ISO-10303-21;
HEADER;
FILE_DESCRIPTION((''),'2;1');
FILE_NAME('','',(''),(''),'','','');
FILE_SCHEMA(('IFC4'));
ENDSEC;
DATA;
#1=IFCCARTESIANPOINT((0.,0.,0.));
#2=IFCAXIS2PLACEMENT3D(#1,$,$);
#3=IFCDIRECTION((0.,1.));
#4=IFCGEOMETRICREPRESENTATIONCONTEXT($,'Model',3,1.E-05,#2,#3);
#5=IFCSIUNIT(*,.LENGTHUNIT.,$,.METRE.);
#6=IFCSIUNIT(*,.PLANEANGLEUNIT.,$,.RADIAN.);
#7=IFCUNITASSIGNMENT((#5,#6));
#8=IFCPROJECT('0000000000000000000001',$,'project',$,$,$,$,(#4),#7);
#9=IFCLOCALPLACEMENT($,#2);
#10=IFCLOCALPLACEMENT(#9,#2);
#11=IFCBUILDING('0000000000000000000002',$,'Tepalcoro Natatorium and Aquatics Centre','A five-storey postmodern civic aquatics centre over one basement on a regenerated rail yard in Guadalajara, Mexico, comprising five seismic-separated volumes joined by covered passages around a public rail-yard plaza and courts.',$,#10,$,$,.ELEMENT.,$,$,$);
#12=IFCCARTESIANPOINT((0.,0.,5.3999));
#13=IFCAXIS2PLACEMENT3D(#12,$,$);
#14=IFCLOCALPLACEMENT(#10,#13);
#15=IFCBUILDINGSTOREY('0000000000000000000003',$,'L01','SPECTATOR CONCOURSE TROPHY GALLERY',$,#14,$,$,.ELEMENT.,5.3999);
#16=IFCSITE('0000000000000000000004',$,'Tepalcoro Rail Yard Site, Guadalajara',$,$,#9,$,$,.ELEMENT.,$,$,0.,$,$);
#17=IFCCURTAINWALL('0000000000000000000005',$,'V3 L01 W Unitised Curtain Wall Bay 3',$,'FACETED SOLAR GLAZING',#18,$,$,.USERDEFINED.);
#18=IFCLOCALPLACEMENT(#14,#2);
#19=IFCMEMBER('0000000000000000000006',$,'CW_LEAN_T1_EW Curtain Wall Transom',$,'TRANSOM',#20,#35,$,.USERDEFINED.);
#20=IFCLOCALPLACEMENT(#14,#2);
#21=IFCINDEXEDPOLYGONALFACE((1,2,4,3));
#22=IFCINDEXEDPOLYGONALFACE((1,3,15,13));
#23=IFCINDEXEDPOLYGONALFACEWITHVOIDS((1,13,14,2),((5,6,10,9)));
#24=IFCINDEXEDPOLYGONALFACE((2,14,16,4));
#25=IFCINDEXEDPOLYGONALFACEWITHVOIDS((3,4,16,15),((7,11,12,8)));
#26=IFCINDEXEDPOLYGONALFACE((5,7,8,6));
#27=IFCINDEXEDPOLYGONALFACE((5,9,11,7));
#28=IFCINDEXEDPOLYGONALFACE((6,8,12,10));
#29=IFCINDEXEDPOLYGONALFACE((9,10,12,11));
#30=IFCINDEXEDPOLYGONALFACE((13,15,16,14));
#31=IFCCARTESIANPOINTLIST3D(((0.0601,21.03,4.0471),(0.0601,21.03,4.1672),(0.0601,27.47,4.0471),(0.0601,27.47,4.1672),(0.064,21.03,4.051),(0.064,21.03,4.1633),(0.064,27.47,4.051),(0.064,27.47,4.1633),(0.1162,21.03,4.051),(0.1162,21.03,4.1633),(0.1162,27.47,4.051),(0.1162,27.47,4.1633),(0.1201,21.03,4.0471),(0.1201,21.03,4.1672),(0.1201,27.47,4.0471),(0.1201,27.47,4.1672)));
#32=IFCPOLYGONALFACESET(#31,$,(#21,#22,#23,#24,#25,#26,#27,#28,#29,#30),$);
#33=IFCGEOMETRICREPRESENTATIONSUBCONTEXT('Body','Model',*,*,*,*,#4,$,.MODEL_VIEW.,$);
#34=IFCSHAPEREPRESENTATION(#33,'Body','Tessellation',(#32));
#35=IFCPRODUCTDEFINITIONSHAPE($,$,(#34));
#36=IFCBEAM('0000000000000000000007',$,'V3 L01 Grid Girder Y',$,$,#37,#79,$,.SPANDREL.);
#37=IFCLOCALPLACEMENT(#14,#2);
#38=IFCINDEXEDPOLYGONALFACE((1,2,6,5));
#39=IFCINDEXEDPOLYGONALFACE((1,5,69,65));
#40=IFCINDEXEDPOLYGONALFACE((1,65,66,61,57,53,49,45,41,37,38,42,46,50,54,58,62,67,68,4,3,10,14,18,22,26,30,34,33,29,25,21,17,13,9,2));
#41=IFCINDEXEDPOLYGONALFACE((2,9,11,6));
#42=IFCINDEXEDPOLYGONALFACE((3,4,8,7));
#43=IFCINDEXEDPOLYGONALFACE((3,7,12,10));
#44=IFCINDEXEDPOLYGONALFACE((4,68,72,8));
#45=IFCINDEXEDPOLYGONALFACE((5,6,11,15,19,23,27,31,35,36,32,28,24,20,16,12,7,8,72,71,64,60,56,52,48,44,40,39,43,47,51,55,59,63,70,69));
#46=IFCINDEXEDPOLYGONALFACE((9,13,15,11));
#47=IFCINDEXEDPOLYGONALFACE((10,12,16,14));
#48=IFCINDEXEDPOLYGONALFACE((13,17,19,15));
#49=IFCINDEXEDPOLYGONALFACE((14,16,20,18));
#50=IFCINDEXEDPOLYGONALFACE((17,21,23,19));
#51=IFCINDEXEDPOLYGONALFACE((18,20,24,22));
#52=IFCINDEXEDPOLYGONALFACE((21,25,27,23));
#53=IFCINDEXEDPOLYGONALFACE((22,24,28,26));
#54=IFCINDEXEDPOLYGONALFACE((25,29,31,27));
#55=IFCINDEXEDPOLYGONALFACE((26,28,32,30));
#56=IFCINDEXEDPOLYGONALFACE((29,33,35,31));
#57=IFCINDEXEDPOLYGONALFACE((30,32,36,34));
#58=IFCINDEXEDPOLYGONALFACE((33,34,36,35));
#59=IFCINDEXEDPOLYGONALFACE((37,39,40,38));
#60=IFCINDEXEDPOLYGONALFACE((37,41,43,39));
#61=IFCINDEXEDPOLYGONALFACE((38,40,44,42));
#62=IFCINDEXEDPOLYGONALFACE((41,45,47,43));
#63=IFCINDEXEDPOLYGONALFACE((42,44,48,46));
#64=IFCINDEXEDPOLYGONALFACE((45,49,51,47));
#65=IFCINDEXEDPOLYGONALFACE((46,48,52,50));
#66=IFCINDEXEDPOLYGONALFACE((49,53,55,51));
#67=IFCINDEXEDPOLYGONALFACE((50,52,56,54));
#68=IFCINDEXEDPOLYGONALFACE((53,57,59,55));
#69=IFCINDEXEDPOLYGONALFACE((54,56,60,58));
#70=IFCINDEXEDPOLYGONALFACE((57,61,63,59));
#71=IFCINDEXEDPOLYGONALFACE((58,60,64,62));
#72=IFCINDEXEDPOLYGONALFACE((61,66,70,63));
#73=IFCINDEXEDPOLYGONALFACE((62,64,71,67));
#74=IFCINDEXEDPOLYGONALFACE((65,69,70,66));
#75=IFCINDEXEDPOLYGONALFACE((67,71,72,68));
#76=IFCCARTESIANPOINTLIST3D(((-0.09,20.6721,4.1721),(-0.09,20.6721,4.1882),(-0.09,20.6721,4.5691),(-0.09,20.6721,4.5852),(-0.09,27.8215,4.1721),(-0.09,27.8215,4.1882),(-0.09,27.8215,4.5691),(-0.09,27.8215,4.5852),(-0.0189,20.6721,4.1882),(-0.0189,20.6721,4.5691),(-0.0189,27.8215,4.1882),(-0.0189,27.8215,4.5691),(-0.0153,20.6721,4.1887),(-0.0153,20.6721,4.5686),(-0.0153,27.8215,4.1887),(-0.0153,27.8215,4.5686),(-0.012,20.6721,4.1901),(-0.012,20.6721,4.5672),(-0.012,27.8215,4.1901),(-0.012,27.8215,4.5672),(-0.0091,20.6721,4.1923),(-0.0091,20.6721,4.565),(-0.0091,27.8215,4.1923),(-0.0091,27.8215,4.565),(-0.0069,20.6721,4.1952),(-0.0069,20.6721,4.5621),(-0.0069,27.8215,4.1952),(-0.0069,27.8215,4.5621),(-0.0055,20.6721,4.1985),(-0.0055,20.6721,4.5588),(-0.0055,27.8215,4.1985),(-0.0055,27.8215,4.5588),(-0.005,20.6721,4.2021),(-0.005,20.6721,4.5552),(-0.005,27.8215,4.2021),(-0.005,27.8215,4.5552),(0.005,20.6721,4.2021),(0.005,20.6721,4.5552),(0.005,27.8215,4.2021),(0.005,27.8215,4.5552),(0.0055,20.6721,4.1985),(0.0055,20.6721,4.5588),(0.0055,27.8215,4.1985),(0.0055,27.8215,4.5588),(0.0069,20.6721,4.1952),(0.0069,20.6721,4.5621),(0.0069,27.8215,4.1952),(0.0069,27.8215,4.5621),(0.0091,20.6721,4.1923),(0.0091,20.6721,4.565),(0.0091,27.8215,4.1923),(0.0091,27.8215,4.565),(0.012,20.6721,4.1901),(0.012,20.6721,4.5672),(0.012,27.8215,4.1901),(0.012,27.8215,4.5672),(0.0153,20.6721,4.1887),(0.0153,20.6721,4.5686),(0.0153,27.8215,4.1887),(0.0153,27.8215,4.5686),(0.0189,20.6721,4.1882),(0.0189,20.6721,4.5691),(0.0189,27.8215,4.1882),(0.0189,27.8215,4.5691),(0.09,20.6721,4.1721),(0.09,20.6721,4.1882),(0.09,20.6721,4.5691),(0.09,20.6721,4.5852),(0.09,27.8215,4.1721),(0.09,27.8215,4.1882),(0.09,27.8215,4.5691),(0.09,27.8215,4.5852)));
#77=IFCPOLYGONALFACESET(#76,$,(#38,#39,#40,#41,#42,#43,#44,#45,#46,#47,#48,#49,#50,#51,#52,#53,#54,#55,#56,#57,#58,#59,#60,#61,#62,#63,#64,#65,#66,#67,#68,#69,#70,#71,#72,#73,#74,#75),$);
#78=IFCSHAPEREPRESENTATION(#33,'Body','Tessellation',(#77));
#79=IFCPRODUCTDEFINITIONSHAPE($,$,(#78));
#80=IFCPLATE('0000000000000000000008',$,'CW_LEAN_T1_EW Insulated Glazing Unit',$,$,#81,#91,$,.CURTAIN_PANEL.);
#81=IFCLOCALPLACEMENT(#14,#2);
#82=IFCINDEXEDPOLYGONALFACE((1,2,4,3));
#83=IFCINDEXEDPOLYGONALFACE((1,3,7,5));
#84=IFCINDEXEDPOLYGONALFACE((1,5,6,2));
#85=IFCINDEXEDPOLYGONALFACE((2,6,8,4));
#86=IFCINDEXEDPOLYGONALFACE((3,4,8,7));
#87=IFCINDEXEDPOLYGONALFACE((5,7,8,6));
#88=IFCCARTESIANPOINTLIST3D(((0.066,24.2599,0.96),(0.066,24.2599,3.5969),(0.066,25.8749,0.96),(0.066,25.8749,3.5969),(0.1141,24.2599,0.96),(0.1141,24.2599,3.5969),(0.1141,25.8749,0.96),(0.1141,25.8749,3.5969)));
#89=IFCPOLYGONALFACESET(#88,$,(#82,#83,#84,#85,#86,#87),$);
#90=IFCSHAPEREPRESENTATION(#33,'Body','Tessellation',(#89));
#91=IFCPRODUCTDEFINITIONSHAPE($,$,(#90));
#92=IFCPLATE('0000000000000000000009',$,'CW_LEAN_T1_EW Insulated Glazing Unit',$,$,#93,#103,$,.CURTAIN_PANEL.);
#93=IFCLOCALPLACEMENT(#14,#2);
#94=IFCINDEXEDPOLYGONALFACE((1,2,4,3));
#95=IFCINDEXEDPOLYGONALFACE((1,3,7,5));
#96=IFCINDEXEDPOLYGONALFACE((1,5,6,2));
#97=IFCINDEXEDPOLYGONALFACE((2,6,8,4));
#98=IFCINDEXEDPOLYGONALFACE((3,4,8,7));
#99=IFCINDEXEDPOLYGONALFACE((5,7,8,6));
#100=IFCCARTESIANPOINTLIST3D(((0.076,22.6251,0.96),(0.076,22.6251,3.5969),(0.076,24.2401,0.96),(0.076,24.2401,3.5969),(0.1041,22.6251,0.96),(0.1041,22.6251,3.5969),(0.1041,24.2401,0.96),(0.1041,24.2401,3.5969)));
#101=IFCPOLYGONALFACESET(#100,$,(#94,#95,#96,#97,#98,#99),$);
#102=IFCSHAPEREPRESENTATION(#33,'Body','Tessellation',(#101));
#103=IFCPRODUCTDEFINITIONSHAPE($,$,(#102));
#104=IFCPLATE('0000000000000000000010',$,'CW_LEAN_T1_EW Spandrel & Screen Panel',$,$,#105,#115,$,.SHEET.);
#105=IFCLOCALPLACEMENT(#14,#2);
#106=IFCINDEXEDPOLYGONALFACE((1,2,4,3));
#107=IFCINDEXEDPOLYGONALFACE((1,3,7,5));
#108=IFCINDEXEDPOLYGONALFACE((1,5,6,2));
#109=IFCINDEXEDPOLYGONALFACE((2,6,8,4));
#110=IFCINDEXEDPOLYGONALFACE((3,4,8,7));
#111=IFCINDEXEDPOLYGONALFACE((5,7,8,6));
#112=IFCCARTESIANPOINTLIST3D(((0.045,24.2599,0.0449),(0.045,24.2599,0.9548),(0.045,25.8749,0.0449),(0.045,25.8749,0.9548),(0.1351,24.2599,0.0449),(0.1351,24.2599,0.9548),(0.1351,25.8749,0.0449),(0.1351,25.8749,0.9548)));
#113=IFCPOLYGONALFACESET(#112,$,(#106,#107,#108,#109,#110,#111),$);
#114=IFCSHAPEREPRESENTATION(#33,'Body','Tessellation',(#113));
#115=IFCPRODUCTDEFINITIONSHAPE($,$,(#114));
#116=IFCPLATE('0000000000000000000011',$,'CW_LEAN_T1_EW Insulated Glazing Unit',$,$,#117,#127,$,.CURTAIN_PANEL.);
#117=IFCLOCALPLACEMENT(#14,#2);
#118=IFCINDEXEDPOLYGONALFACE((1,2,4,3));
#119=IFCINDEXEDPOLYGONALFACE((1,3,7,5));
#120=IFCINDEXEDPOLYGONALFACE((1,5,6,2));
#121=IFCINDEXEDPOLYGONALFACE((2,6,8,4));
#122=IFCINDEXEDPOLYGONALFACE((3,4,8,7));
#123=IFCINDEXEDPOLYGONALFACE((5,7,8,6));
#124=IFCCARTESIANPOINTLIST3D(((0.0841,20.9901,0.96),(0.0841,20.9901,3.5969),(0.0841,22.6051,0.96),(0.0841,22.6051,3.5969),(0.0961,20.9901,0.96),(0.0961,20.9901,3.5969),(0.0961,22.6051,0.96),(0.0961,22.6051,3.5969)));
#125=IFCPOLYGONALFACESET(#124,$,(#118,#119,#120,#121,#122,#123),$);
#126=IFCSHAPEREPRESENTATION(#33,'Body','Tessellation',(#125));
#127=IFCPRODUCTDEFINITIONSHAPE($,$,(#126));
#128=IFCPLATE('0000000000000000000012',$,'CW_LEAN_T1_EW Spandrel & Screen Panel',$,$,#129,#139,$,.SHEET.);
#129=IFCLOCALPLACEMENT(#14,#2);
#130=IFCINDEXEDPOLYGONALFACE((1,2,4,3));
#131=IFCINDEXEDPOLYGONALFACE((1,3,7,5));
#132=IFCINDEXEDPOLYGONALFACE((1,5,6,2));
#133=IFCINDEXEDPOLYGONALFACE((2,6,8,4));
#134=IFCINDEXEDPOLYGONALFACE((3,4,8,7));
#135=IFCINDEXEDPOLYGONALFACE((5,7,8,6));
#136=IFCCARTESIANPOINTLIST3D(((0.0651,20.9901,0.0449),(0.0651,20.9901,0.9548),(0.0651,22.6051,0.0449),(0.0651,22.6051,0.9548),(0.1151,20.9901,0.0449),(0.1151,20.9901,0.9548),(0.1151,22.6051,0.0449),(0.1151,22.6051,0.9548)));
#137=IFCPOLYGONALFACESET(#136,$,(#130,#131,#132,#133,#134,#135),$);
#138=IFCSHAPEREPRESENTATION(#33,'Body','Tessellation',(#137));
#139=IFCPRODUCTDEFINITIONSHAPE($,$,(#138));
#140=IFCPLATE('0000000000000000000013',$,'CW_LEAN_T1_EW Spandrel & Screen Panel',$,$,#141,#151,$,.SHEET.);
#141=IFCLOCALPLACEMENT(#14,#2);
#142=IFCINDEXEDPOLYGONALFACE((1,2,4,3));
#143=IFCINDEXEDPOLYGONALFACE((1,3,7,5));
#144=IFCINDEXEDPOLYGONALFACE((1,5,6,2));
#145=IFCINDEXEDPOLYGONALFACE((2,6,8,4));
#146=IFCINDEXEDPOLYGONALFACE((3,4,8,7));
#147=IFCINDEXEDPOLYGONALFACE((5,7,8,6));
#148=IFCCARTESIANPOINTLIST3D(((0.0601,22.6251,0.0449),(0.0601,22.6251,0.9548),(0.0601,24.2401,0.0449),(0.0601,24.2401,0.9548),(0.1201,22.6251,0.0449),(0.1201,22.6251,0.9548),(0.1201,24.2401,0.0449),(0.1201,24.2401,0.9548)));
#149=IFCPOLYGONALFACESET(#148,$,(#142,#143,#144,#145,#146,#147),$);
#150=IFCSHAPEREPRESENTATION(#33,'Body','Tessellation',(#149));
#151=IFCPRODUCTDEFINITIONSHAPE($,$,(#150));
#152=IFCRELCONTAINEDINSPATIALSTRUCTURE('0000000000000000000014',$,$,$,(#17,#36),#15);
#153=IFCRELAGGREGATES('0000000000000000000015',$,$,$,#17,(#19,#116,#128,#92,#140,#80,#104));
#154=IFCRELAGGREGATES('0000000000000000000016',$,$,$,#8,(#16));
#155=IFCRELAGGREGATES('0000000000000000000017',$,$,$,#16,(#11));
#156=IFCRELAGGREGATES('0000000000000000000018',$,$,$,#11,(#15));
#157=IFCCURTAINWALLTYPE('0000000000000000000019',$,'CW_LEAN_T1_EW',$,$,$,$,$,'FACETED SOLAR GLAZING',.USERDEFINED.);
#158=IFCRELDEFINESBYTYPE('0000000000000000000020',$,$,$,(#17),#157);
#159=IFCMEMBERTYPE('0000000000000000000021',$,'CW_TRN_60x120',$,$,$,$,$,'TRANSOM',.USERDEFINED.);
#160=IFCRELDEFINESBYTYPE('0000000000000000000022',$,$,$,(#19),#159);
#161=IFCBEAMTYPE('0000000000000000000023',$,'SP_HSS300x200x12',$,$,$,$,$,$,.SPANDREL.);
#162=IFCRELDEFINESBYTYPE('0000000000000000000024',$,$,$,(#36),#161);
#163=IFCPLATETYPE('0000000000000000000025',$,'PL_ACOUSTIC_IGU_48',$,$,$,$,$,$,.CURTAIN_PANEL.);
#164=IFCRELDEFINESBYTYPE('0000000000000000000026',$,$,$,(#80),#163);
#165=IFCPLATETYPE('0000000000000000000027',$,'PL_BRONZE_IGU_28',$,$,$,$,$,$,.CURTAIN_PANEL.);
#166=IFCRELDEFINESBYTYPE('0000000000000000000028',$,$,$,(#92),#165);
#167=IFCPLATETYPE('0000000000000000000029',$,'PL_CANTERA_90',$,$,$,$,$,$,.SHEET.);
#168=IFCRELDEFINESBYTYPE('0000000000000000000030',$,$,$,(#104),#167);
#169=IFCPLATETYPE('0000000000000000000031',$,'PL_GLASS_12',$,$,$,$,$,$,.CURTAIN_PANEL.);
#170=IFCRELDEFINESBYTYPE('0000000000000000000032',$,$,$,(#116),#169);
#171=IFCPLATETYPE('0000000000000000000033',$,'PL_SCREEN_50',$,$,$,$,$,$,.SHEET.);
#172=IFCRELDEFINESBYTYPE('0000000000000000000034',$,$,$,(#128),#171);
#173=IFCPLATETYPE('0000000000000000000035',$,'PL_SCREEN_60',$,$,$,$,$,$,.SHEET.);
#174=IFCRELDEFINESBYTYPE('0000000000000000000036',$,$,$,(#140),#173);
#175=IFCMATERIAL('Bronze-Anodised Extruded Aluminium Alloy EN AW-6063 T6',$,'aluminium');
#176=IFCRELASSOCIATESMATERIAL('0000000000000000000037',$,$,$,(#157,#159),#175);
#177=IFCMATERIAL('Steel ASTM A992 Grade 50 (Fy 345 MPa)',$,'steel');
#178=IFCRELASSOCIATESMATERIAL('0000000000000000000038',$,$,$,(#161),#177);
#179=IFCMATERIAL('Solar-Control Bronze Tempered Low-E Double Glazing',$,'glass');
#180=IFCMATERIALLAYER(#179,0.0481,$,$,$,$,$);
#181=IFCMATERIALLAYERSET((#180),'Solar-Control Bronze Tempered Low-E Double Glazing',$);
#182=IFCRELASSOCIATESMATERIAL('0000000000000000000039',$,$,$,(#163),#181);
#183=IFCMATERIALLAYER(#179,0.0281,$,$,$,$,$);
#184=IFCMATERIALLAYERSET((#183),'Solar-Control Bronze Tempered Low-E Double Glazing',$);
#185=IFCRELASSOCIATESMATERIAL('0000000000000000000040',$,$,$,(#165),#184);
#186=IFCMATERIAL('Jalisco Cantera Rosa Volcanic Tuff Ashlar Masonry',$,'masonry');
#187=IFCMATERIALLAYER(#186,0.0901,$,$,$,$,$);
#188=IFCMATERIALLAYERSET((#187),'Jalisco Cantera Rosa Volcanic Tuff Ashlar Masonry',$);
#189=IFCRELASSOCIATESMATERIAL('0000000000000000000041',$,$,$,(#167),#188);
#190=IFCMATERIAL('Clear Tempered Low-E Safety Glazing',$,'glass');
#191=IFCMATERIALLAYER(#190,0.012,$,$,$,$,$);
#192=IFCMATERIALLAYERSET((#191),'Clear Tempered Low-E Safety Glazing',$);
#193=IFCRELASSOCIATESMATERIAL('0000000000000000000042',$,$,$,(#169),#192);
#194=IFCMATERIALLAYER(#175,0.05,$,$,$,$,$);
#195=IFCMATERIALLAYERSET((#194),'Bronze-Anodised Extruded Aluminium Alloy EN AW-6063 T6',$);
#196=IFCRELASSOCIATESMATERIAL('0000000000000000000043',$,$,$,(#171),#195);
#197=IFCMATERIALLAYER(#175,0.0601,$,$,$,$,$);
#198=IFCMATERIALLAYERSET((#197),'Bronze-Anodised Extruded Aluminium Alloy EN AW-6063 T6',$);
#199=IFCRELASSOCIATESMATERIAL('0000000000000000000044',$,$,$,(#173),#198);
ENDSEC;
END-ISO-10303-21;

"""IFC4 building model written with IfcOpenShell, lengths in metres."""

from ifc_helpers import new_model, si_unit, direction, frame, origin, origin_2d, place, context, subcontext, project, spatial, rectangle, hollow_rectangle, i_section, extrude, material, layer, layer_set, material_profile, profile_set, type_object, element, aggregate, save


model = new_model("IFC4")

# Units and contexts
model_context = context("Model", 3, precision=1e-05, world=origin(), true_north=direction((0.0, 1.0)))
body_context = subcontext(model_context, "Body", "Model", "MODEL_VIEW")
ifc_project = project(units=[si_unit("LENGTHUNIT", "METRE"), si_unit("PLANEANGLEUNIT", "RADIAN")], contexts=[model_context])

# Site, building, storey
site_placement = place(None, origin())
site = spatial("IfcSite", under=ifc_project, at=site_placement, Name="Tepalcoro Rail Yard Site, Guadalajara", CompositionType="ELEMENT", RefElevation=0.0)
building_placement = place(site_placement, origin())
building = spatial("IfcBuilding", under=site, at=building_placement, Name="Tepalcoro Natatorium and Aquatics Centre", Description="A five-storey postmodern civic aquatics centre over one basement on a regenerated rail yard in Guadalajara, Mexico, comprising five seismic-separated volumes joined by covered passages around a public rail-yard plaza and courts.", CompositionType="ELEMENT")
storey_placement = place(building_placement, frame((0.0, 0.0, 5.3999)))
storey = spatial("IfcBuildingStorey", under=building, at=storey_placement, Name="L01", Description="SPECTATOR CONCOURSE TROPHY GALLERY", CompositionType="ELEMENT", Elevation=5.3999)

# Shared definitions
ifc_material_1 = material(Name="Steel ASTM A992 Grade 50 (Fy 345 MPa)", Category="steel")

# Curtain wall, member
ifc_material_2 = material(Name="Bronze-Anodised Extruded Aluminium Alloy EN AW-6063 T6", Category="aluminium")
curtain_wall_type = type_object("IfcCurtainWallType", Name="CW_LEAN_T1_EW", ElementType="FACETED SOLAR GLAZING", PredefinedType="USERDEFINED", material=ifc_material_2)
curtain_wall_placement = place(storey_placement, origin())
curtain_wall = element("IfcCurtainWall", 1, at=curtain_wall_placement, inside=storey, type_object=curtain_wall_type, Name="V3 L01 W Unitised Curtain Wall Bay 3", ObjectType="FACETED SOLAR GLAZING", PredefinedType="USERDEFINED")
ifc_material_profile_1 = material_profile(ifc_material_2, hollow_rectangle(XDim=0.0601, YDim=0.1201, WallThickness=0.0039, at=origin_2d()), Name="AL60X120X4")
ifc_profile_set_1 = profile_set([ifc_material_profile_1], Name="Bronze-Anodised Extruded Aluminium Alloy EN AW-6063 T6")
member_type_1 = type_object("IfcMemberType", Name="CW_TRN_60x120", ElementType="TRANSOM", PredefinedType="USERDEFINED", material=ifc_profile_set_1)
member_1_placement = place(storey_placement, frame((0.0901, 21.03, 4.1072), z_axis=(0.0, 1.0, 0.0), x_axis=(-1.0, 0.0, 0.0)))
member_1 = element("IfcMember", 2, at=member_1_placement, type_object=member_type_1, Name="CW_LEAN_T1_EW Curtain Wall Transom", ObjectType="TRANSOM", PredefinedType="USERDEFINED", context=body_context, shape_type="SweptSolid", body=[
    extrude(hollow_rectangle(XDim=0.0601, YDim=0.1201, WallThickness=0.0039, at=origin_2d()), origin(), (0.0, 0.0, 1.0), 6.4399),
])

# Beam
ifc_material_profile_2 = material_profile(ifc_material_1, i_section(OverallWidth=0.1799, OverallDepth=0.4131, WebThickness=0.01, FlangeThickness=0.0161, FilletRadius=0.0139, at=origin_2d()), Name="W16X50")
ifc_profile_set_2 = profile_set([ifc_material_profile_2], Name="Steel ASTM A992 Grade 50 (Fy 345 MPa)")
beam_type = type_object("IfcBeamType", Name="SP_HSS300x200x12", PredefinedType="SPANDREL", material=ifc_profile_set_2)
beam_placement = place(storey_placement, frame((0.0, 20.6721, 4.3787), z_axis=(0.0, 1.0, 0.0), x_axis=(-1.0, 0.0, 0.0)))
element("IfcBeam", 3, at=beam_placement, inside=storey, type_object=beam_type, Name="V3 L01 Grid Girder Y", PredefinedType="SPANDREL", context=body_context, shape_type="SweptSolid", body=[
    extrude(i_section(OverallWidth=0.1799, OverallDepth=0.4131, WebThickness=0.01, FlangeThickness=0.0161, FilletRadius=0.0139, at=origin_2d()), origin(), (0.0, 0.0, 1.0), 7.1494),
])

# Plates
ifc_material_3 = material(Name="Solar-Control Bronze Tempered Low-E Double Glazing", Category="glass")
ifc_layer_1 = layer(ifc_material_3, 0.0481)
ifc_layer_set_1 = layer_set([ifc_layer_1], Name="Solar-Control Bronze Tempered Low-E Double Glazing")
plate_type_1 = type_object("IfcPlateType", Name="PL_ACOUSTIC_IGU_48", PredefinedType="CURTAIN_PANEL", material=ifc_layer_set_1)
plate_1_placement = place(storey_placement, frame((0.0901, 25.0674, 0.96), z_axis=(0.0, 0.0, 1.0), x_axis=(1.0, 0.0, 0.0)))
plate_1 = element("IfcPlate", 4, at=plate_1_placement, type_object=plate_type_1, Name="CW_LEAN_T1_EW Insulated Glazing Unit", PredefinedType="CURTAIN_PANEL", context=body_context, shape_type="SweptSolid", body=[
    extrude(rectangle(XDim=0.0481, YDim=1.615, at=origin_2d()), origin(), (0.0, 0.0, 1.0), 2.637),
])
ifc_layer_2 = layer(ifc_material_3, 0.0281)
ifc_layer_set_2 = layer_set([ifc_layer_2], Name="Solar-Control Bronze Tempered Low-E Double Glazing")
plate_type_2 = type_object("IfcPlateType", Name="PL_BRONZE_IGU_28", PredefinedType="CURTAIN_PANEL", material=ifc_layer_set_2)
plate_2_placement = place(storey_placement, frame((0.0901, 23.4326, 0.96), z_axis=(0.0, 0.0, 1.0), x_axis=(1.0, 0.0, 0.0)))
plate_2 = element("IfcPlate", 5, at=plate_2_placement, type_object=plate_type_2, Name="CW_LEAN_T1_EW Insulated Glazing Unit", PredefinedType="CURTAIN_PANEL", context=body_context, shape_type="SweptSolid", body=[
    extrude(rectangle(XDim=0.0281, YDim=1.615, at=origin_2d()), origin(), (0.0, 0.0, 1.0), 2.637),
])
ifc_material_4 = material(Name="Jalisco Cantera Rosa Volcanic Tuff Ashlar Masonry", Category="masonry")
ifc_layer_3 = layer(ifc_material_4, 0.0901)
ifc_layer_set_3 = layer_set([ifc_layer_3], Name="Jalisco Cantera Rosa Volcanic Tuff Ashlar Masonry")
plate_type_3 = type_object("IfcPlateType", Name="PL_CANTERA_90", PredefinedType="SHEET", material=ifc_layer_set_3)
plate_3_placement = place(storey_placement, frame((0.0901, 25.0674, 0.0449), z_axis=(0.0, 0.0, 1.0), x_axis=(1.0, 0.0, 0.0)))
plate_3 = element("IfcPlate", 6, at=plate_3_placement, type_object=plate_type_3, Name="CW_LEAN_T1_EW Spandrel & Screen Panel", PredefinedType="SHEET", context=body_context, shape_type="SweptSolid", body=[
    extrude(rectangle(XDim=0.0901, YDim=1.615, at=origin_2d()), origin(), (0.0, 0.0, 1.0), 0.9099),
])
ifc_material_5 = material(Name="Clear Tempered Low-E Safety Glazing", Category="glass")
ifc_layer_4 = layer(ifc_material_5, 0.012)
ifc_layer_set_4 = layer_set([ifc_layer_4], Name="Clear Tempered Low-E Safety Glazing")
plate_type_4 = type_object("IfcPlateType", Name="PL_GLASS_12", PredefinedType="CURTAIN_PANEL", material=ifc_layer_set_4)
plate_4_placement = place(storey_placement, frame((0.0901, 21.7976, 0.96), z_axis=(0.0, 0.0, 1.0), x_axis=(1.0, 0.0, 0.0)))
plate_4 = element("IfcPlate", 7, at=plate_4_placement, type_object=plate_type_4, Name="CW_LEAN_T1_EW Insulated Glazing Unit", PredefinedType="CURTAIN_PANEL", context=body_context, shape_type="SweptSolid", body=[
    extrude(rectangle(XDim=0.012, YDim=1.615, at=origin_2d()), origin(), (0.0, 0.0, 1.0), 2.637),
])
ifc_layer_5 = layer(ifc_material_2, 0.05)
ifc_layer_set_5 = layer_set([ifc_layer_5], Name="Bronze-Anodised Extruded Aluminium Alloy EN AW-6063 T6")
plate_type_5 = type_object("IfcPlateType", Name="PL_SCREEN_50", PredefinedType="SHEET", material=ifc_layer_set_5)
plate_5_placement = place(storey_placement, frame((0.0901, 21.7976, 0.0449), z_axis=(0.0, 0.0, 1.0), x_axis=(1.0, 0.0, 0.0)))
plate_5 = element("IfcPlate", 8, at=plate_5_placement, type_object=plate_type_5, Name="CW_LEAN_T1_EW Spandrel & Screen Panel", PredefinedType="SHEET", context=body_context, shape_type="SweptSolid", body=[
    extrude(rectangle(XDim=0.05, YDim=1.615, at=origin_2d()), origin(), (0.0, 0.0, 1.0), 0.9099),
])
ifc_layer_6 = layer(ifc_material_2, 0.0601)
ifc_layer_set_6 = layer_set([ifc_layer_6], Name="Bronze-Anodised Extruded Aluminium Alloy EN AW-6063 T6")
plate_type_6 = type_object("IfcPlateType", Name="PL_SCREEN_60", PredefinedType="SHEET", material=ifc_layer_set_6)
plate_6_placement = place(storey_placement, frame((0.0901, 23.4326, 0.0449), z_axis=(0.0, 0.0, 1.0), x_axis=(1.0, 0.0, 0.0)))
plate_6 = element("IfcPlate", 9, at=plate_6_placement, type_object=plate_type_6, Name="CW_LEAN_T1_EW Spandrel & Screen Panel", PredefinedType="SHEET", context=body_context, shape_type="SweptSolid", body=[
    extrude(rectangle(XDim=0.0601, YDim=1.615, at=origin_2d()), origin(), (0.0, 0.0, 1.0), 0.9099),
])
aggregate(curtain_wall, [member_1, plate_4, plate_5, plate_2, plate_6, plate_1, plate_3])

save(model, "model.ifc")
